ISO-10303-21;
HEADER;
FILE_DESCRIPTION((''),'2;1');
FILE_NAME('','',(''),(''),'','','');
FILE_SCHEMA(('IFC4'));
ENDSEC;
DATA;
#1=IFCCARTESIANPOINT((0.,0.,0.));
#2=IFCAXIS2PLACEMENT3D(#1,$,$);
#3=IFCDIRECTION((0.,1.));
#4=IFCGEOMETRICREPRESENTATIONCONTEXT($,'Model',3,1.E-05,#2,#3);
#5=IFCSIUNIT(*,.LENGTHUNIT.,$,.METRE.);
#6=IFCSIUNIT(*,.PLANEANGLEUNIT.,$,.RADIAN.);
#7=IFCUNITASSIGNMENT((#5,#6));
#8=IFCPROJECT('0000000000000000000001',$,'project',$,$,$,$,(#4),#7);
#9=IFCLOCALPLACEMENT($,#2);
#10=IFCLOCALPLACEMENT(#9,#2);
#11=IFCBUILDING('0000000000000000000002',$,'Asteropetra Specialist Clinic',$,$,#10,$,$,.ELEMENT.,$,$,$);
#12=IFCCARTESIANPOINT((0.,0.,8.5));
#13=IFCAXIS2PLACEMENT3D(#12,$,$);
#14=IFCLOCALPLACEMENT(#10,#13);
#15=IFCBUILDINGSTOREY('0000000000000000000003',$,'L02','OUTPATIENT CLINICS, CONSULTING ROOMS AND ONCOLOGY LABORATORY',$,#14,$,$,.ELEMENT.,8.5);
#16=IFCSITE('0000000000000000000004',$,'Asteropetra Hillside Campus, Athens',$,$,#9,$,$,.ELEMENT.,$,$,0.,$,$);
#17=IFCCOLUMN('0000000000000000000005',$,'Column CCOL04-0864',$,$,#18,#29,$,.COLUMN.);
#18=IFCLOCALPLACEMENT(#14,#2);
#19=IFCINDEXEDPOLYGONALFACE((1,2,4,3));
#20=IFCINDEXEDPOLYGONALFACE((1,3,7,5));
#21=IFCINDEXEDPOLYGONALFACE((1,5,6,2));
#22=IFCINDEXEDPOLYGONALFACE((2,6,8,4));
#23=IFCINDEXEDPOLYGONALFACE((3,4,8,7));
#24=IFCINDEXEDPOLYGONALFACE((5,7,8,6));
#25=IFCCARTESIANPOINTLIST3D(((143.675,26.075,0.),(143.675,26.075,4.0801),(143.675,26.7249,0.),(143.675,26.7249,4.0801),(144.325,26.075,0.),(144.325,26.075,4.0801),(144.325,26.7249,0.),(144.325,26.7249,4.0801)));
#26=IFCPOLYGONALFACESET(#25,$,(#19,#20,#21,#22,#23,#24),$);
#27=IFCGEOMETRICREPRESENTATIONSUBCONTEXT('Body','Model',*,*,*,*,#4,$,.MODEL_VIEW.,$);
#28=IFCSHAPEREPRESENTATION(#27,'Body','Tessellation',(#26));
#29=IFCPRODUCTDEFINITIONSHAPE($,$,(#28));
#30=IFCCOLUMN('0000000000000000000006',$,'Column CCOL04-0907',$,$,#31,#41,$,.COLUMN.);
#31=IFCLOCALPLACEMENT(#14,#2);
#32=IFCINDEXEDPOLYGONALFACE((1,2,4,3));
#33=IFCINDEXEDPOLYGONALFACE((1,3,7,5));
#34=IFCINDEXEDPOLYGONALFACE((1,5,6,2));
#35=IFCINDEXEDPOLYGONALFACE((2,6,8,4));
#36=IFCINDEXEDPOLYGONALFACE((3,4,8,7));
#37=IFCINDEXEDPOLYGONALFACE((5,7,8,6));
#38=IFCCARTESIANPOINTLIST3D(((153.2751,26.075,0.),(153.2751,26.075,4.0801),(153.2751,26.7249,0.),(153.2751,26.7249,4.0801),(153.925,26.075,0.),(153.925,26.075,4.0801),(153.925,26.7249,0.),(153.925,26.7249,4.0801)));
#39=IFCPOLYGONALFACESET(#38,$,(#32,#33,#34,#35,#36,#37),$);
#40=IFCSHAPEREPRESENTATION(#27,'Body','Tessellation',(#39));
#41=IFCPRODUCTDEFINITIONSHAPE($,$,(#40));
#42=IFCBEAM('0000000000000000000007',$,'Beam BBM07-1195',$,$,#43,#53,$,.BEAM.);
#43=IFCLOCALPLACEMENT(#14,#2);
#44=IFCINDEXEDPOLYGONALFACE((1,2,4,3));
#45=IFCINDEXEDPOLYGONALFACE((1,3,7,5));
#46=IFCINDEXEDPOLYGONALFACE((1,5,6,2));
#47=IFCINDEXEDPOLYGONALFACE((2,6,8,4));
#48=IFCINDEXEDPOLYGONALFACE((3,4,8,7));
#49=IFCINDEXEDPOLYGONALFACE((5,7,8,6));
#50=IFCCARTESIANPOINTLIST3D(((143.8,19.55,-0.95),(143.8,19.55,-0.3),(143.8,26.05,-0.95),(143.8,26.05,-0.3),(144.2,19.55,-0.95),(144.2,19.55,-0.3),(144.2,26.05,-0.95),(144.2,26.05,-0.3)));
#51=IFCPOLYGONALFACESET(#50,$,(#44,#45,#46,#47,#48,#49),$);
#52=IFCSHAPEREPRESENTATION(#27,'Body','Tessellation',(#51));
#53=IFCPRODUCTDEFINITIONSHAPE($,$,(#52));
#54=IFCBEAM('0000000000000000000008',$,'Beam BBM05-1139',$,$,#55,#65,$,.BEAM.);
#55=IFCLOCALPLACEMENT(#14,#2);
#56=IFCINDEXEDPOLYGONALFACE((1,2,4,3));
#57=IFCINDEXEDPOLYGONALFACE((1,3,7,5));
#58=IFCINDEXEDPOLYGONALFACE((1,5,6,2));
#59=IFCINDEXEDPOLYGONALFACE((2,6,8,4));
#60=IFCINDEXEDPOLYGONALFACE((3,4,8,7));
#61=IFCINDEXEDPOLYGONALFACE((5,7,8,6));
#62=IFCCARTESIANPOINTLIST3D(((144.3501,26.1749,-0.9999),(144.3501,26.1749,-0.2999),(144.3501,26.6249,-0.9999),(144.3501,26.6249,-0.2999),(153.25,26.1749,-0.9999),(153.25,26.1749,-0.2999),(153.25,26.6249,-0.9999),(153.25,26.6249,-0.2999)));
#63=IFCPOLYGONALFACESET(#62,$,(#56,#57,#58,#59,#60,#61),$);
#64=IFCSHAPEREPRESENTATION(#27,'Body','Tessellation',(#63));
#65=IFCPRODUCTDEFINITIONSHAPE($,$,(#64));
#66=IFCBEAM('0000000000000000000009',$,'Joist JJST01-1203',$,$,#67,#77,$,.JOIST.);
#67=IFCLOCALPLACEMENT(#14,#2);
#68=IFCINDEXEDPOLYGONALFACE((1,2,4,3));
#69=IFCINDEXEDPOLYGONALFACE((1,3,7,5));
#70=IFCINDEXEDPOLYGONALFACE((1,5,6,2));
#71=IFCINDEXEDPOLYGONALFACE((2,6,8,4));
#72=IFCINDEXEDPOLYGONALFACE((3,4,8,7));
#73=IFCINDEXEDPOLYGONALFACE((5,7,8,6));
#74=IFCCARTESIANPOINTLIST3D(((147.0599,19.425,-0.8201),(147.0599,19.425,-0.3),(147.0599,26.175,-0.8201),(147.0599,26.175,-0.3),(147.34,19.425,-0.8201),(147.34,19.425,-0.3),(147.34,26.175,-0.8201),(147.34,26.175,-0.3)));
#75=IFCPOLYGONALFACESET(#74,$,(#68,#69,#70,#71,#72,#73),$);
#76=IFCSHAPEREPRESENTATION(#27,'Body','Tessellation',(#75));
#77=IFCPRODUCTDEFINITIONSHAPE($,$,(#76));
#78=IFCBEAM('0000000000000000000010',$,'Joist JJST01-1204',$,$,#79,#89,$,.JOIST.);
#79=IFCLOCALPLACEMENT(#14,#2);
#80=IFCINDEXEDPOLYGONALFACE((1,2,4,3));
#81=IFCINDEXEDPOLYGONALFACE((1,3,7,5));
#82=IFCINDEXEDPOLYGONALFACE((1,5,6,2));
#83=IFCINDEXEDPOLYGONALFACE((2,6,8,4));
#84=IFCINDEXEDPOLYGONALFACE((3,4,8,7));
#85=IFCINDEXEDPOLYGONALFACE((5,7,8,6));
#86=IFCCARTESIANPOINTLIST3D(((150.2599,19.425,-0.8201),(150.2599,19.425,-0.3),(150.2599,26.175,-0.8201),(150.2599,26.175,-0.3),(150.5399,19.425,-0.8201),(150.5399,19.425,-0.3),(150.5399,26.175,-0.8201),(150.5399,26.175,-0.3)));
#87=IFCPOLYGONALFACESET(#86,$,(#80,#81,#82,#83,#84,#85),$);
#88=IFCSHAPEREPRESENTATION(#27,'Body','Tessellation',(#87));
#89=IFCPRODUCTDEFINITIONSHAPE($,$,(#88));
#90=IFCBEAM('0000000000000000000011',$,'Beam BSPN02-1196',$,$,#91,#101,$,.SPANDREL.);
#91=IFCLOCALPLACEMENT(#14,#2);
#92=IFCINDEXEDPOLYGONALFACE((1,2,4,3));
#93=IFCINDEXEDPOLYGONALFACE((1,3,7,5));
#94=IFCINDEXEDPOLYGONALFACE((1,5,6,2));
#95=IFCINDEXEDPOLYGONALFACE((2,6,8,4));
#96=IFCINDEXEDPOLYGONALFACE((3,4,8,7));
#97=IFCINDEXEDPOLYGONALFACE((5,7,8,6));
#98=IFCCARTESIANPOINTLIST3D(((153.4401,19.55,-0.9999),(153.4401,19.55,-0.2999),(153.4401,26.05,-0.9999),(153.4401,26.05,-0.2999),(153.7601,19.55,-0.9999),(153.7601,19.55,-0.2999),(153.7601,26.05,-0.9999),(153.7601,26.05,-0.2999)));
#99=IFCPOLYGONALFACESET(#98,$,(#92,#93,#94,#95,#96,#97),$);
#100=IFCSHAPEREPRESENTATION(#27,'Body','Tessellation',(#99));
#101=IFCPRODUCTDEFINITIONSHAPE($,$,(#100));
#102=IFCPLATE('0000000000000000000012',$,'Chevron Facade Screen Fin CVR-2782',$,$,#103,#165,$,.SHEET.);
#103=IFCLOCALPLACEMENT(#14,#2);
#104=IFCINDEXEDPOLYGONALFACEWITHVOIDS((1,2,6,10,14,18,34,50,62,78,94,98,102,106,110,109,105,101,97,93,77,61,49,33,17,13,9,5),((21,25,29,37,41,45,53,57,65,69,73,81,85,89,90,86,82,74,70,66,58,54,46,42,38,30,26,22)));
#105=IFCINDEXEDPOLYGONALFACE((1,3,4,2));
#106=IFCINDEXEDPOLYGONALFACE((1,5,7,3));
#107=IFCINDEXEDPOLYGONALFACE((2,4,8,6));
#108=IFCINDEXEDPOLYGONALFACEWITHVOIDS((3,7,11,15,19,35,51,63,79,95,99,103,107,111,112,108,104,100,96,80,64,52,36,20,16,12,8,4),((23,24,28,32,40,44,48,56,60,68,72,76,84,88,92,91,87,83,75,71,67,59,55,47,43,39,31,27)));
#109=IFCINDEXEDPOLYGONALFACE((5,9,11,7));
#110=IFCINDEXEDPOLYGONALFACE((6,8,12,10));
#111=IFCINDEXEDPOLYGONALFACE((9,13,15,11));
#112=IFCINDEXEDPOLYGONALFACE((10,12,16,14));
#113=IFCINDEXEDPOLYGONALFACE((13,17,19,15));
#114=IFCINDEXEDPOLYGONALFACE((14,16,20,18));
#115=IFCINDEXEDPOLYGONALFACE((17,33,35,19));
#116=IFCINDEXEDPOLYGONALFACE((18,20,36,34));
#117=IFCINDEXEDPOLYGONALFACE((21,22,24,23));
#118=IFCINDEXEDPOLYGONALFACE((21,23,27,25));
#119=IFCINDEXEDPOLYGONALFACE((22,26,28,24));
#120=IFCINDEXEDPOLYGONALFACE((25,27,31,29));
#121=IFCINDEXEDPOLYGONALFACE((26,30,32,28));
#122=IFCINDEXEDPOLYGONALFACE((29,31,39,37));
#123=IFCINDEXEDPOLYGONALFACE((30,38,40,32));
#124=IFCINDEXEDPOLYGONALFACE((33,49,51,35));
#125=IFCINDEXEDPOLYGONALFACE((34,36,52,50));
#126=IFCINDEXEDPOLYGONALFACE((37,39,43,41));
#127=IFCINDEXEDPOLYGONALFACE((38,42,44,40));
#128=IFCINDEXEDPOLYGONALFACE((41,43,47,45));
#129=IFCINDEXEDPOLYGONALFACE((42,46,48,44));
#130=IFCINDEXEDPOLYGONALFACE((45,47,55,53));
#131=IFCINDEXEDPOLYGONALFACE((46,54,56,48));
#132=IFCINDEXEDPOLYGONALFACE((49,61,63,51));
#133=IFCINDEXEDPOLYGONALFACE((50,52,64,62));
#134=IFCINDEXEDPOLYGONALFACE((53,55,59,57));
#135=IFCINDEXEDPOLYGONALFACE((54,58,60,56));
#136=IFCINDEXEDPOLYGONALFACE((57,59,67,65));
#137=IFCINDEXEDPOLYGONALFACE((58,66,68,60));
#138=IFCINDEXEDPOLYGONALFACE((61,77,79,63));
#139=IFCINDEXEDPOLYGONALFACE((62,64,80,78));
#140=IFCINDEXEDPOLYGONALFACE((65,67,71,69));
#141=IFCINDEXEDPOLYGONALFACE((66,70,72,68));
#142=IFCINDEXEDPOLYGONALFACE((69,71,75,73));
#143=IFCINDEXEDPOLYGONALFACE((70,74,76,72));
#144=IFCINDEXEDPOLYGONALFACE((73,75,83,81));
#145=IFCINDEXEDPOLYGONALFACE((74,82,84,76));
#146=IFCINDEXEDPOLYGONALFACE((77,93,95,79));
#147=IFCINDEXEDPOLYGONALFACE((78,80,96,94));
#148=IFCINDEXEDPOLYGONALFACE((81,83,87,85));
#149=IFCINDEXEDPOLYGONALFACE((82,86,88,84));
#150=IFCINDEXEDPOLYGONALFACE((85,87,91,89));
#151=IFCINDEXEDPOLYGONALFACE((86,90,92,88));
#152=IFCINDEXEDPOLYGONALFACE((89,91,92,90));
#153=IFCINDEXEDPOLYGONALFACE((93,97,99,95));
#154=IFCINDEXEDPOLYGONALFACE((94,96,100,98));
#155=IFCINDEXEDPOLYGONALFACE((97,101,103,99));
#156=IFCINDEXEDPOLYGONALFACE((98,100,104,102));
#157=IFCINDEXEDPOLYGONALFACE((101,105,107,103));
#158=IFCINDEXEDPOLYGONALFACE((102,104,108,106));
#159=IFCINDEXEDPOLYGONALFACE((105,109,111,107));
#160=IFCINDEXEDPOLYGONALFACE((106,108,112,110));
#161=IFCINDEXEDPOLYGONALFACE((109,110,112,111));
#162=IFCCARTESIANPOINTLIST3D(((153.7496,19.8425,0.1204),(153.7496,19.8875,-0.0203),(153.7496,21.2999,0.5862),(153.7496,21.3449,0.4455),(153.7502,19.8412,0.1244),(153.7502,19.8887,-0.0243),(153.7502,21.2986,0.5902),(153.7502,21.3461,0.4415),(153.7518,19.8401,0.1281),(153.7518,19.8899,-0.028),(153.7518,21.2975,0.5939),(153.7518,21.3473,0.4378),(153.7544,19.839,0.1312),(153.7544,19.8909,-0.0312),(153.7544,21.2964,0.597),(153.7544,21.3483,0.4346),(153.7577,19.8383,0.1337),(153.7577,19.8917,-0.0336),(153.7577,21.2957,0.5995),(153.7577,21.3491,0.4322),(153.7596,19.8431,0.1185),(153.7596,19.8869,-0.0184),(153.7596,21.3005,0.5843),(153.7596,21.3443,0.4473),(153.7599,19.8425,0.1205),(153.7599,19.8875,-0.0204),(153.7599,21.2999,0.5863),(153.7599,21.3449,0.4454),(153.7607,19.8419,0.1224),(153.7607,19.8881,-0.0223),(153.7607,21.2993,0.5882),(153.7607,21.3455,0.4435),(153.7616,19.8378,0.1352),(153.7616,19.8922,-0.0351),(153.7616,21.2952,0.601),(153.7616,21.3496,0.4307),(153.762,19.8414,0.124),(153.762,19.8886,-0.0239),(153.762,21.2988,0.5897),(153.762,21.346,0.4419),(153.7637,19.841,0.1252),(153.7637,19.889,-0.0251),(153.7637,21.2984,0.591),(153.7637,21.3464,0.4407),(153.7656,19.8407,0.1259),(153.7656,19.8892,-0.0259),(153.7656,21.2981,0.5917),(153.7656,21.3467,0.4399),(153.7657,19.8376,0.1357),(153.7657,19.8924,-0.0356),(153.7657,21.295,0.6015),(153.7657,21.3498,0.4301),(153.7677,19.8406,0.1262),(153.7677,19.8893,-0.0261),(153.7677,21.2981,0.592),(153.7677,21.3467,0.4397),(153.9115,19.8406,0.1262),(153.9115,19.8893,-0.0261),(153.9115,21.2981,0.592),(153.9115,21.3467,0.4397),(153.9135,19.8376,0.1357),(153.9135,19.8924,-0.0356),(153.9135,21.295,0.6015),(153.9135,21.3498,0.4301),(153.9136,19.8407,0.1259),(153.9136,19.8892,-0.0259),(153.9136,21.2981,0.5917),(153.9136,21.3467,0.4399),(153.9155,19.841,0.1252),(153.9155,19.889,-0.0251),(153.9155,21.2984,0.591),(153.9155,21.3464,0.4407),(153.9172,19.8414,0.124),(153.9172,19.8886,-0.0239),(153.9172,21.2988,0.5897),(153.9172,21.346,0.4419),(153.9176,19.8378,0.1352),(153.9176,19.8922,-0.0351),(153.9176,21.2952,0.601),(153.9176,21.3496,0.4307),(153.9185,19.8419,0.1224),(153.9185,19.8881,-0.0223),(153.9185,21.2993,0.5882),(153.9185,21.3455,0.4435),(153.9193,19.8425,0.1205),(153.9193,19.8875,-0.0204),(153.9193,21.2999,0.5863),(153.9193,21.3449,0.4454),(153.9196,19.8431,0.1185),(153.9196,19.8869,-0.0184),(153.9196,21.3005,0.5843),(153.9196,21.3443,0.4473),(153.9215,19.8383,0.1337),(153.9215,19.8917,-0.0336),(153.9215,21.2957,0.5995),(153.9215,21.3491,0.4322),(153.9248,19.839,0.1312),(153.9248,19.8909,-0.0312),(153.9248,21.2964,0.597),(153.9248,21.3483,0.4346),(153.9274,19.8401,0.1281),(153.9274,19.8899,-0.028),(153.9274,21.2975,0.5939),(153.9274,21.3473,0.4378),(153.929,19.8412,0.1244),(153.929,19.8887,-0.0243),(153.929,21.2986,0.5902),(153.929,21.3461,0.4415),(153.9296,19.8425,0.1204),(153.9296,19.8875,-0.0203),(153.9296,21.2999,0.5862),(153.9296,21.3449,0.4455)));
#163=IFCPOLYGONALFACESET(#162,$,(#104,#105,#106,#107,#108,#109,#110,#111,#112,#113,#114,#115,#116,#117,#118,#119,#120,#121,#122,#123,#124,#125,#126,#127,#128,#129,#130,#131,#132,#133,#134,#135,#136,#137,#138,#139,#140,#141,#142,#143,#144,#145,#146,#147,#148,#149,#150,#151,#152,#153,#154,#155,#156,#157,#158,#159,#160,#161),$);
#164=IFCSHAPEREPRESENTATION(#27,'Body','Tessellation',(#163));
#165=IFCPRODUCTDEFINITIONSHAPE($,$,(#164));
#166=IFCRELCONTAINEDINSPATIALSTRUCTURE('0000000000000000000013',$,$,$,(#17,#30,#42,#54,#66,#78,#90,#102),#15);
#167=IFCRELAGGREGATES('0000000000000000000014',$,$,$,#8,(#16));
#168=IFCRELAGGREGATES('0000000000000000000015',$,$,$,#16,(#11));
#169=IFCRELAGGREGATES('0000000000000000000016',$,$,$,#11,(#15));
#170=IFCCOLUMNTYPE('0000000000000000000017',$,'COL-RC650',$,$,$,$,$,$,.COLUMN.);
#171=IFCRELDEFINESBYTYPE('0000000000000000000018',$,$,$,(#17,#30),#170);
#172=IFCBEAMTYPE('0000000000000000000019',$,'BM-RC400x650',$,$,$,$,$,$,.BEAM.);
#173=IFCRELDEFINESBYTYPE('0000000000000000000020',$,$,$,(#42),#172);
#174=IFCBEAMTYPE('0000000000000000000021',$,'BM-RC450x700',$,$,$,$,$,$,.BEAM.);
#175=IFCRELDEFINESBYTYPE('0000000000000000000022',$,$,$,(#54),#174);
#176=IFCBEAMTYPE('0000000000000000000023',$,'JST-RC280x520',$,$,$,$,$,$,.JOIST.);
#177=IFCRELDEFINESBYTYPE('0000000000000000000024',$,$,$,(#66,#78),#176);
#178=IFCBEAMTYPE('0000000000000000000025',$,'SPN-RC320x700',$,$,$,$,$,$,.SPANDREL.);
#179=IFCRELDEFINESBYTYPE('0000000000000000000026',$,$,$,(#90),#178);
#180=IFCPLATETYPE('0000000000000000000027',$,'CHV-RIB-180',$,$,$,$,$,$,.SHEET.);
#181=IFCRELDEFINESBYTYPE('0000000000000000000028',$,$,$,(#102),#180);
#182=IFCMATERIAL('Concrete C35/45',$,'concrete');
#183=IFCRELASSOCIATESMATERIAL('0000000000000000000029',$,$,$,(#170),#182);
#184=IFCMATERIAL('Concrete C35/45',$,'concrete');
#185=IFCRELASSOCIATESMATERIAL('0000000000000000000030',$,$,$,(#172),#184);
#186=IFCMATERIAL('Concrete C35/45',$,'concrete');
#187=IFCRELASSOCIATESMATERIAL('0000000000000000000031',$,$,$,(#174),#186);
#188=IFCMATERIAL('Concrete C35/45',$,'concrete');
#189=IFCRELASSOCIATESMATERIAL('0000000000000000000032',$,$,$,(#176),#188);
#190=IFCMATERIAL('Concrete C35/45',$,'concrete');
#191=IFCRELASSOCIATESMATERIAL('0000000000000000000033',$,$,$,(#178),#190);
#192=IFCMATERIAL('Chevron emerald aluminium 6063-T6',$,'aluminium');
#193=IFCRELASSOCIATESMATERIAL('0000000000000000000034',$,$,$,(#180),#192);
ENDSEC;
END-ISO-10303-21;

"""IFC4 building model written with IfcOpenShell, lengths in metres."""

from ifc_helpers import new_model, si_unit, direction, frame, origin, origin_2d, place, context, subcontext, project, spatial, rectangle, hollow_rectangle, extrude, material, material_profile, profile_set, type_object, element, save


model = new_model("IFC4")

# Units and contexts
model_context = context("Model", 3, precision=1e-05, world=origin(), true_north=direction((0.0, 1.0)))
body_context = subcontext(model_context, "Body", "Model", "MODEL_VIEW")
ifc_project = project(units=[si_unit("LENGTHUNIT", "METRE"), si_unit("PLANEANGLEUNIT", "RADIAN")], contexts=[model_context])

# Site, building, storey
site_placement = place(None, origin())
site = spatial("IfcSite", under=ifc_project, at=site_placement, Name="Asteropetra Hillside Campus, Athens", CompositionType="ELEMENT", RefElevation=0.0)
building_placement = place(site_placement, origin())
building = spatial("IfcBuilding", under=site, at=building_placement, Name="Asteropetra Specialist Clinic", CompositionType="ELEMENT")
storey_placement = place(building_placement, frame((0.0, 0.0, 8.5)))
storey = spatial("IfcBuildingStorey", under=building, at=storey_placement, Name="L02", Description="OUTPATIENT CLINICS, CONSULTING ROOMS AND ONCOLOGY LABORATORY", CompositionType="ELEMENT", Elevation=8.5)

# Columns
ifc_material_1 = material(Name="Concrete C35/45", Category="concrete")
ifc_material_profile_1 = material_profile(ifc_material_1, rectangle(XDim=0.6499, YDim=0.6499, at=origin_2d()), Name="RC 650x650")
ifc_profile_set_1 = profile_set([ifc_material_profile_1], Name="Concrete C35/45")
column_type = type_object("IfcColumnType", Name="COL-RC650", PredefinedType="COLUMN", material=ifc_profile_set_1)
for number, where, z_axis, x_axis, name in (
    (1, (144.0, 26.3999, 0.0), (0.0, 0.0, 1.0), (1.0, 0.0, 0.0), "Column CCOL04-0864"),
    (2, (153.6001, 26.3999, 0.0), (0.0, 0.0, 1.0), (1.0, 0.0, 0.0), "Column CCOL04-0907"),
):
    element("IfcColumn", number, at=place(storey_placement, frame(where, z_axis=z_axis, x_axis=x_axis)), inside=storey, type_object=column_type, Name=name, PredefinedType="COLUMN", context=body_context, shape_type="SweptSolid", body=[
        extrude(rectangle(XDim=0.6499, YDim=0.6499, at=origin_2d()), origin(), (0.0, 0.0, 1.0), 4.0801),
    ])

# Beams
ifc_material_2 = material(Name="Concrete C35/45", Category="concrete")
ifc_material_profile_2 = material_profile(ifc_material_2, rectangle(XDim=0.3999, YDim=0.6499, at=origin_2d()), Name="RCB 400x650")
ifc_profile_set_2 = profile_set([ifc_material_profile_2], Name="Concrete C35/45")
beam_type_1 = type_object("IfcBeamType", Name="BM-RC400x650", PredefinedType="BEAM", material=ifc_profile_set_2)
beam_1_placement = place(storey_placement, frame((144.0, 19.55, -0.625), z_axis=(0.0, 1.0, 0.0), x_axis=(-1.0, 0.0, 0.0)))
element("IfcBeam", 3, at=beam_1_placement, inside=storey, type_object=beam_type_1, Name="Beam BBM07-1195", PredefinedType="BEAM", context=body_context, shape_type="SweptSolid", body=[
    extrude(rectangle(XDim=0.3999, YDim=0.6499, at=origin_2d()), origin(), (0.0, 0.0, 1.0), 6.5),
])
ifc_material_3 = material(Name="Concrete C35/45", Category="concrete")
ifc_material_profile_3 = material_profile(ifc_material_3, rectangle(XDim=0.45, YDim=0.7, at=origin_2d()), Name="RCB 450x700")
ifc_profile_set_3 = profile_set([ifc_material_profile_3], Name="Concrete C35/45")
beam_type_2 = type_object("IfcBeamType", Name="BM-RC450x700", PredefinedType="BEAM", material=ifc_profile_set_3)
beam_2_placement = place(storey_placement, frame((144.3501, 26.3999, -0.6499), z_axis=(1.0, 0.0, 0.0), x_axis=(0.0, 1.0, 0.0)))
element("IfcBeam", 4, at=beam_2_placement, inside=storey, type_object=beam_type_2, Name="Beam BBM05-1139", PredefinedType="BEAM", context=body_context, shape_type="SweptSolid", body=[
    extrude(rectangle(XDim=0.45, YDim=0.7, at=origin_2d()), origin(), (0.0, 0.0, 1.0), 8.8999),
])
ifc_material_4 = material(Name="Concrete C35/45", Category="concrete")
ifc_material_profile_4 = material_profile(ifc_material_4, rectangle(XDim=0.28, YDim=0.52, at=origin_2d()), Name="RCJ 280x520")
ifc_profile_set_4 = profile_set([ifc_material_profile_4], Name="Concrete C35/45")
beam_type_3 = type_object("IfcBeamType", Name="JST-RC280x520", PredefinedType="JOIST", material=ifc_profile_set_4)
for number, where, z_axis, x_axis, name in (
    (5, (147.2, 19.425, -0.5601), (0.0, 1.0, 0.0), (-1.0, 0.0, 0.0), "Joist JJST01-1203"),
    (6, (150.3999, 19.425, -0.5601), (0.0, 1.0, 0.0), (-1.0, 0.0, 0.0), "Joist JJST01-1204"),
):
    element("IfcBeam", number, at=place(storey_placement, frame(where, z_axis=z_axis, x_axis=x_axis)), inside=storey, type_object=beam_type_3, Name=name, PredefinedType="JOIST", context=body_context, shape_type="SweptSolid", body=[
        extrude(rectangle(XDim=0.28, YDim=0.52, at=origin_2d()), origin(), (0.0, 0.0, 1.0), 6.75),
    ])
ifc_material_5 = material(Name="Concrete C35/45", Category="concrete")
ifc_material_profile_5 = material_profile(ifc_material_5, rectangle(XDim=0.3201, YDim=0.7, at=origin_2d()), Name="RCS 320x700")
ifc_profile_set_5 = profile_set([ifc_material_profile_5], Name="Concrete C35/45")
beam_type_4 = type_object("IfcBeamType", Name="SPN-RC320x700", PredefinedType="SPANDREL", material=ifc_profile_set_5)
beam_3_placement = place(storey_placement, frame((153.6001, 19.55, -0.6499), z_axis=(0.0, 1.0, 0.0), x_axis=(-1.0, 0.0, 0.0)))
element("IfcBeam", 7, at=beam_3_placement, inside=storey, type_object=beam_type_4, Name="Beam BSPN02-1196", PredefinedType="SPANDREL", context=body_context, shape_type="SweptSolid", body=[
    extrude(rectangle(XDim=0.3201, YDim=0.7, at=origin_2d()), origin(), (0.0, 0.0, 1.0), 6.5),
])

# Plate
ifc_material_6 = material(Name="Chevron emerald aluminium 6063-T6", Category="aluminium")
ifc_material_profile_6 = material_profile(ifc_material_6, hollow_rectangle(XDim=0.1799, YDim=0.1799, WallThickness=0.01, InnerFilletRadius=0.0081, OuterFilletRadius=0.0161, at=origin_2d()), Name="SHS 180x180x10.0")
ifc_profile_set_6 = profile_set([ifc_material_profile_6], Name="Chevron emerald aluminium 6063-T6")
plate_type = type_object("IfcPlateType", Name="CHV-RIB-180", PredefinedType="SHEET", material=ifc_profile_set_6)
for number, where, z_axis, x_axis, name in (
    (8, (153.8396, 19.865, 0.05), (0.0, 0.952535, 0.304428), (-1.0, 0.0, 0.0), "Chevron Facade Screen Fin CVR-2782"),
):
    element("IfcPlate", number, at=place(storey_placement, frame(where, z_axis=z_axis, x_axis=x_axis)), inside=storey, type_object=plate_type, Name=name, PredefinedType="SHEET", context=body_context, shape_type="SweptSolid", body=[
        extrude(hollow_rectangle(XDim=0.1799, YDim=0.1799, WallThickness=0.01, InnerFilletRadius=0.0081, OuterFilletRadius=0.0161, at=origin_2d()), origin(), (0.0, 0.0, 1.0), 1.53),
    ])

save(model, "model.ifc")
